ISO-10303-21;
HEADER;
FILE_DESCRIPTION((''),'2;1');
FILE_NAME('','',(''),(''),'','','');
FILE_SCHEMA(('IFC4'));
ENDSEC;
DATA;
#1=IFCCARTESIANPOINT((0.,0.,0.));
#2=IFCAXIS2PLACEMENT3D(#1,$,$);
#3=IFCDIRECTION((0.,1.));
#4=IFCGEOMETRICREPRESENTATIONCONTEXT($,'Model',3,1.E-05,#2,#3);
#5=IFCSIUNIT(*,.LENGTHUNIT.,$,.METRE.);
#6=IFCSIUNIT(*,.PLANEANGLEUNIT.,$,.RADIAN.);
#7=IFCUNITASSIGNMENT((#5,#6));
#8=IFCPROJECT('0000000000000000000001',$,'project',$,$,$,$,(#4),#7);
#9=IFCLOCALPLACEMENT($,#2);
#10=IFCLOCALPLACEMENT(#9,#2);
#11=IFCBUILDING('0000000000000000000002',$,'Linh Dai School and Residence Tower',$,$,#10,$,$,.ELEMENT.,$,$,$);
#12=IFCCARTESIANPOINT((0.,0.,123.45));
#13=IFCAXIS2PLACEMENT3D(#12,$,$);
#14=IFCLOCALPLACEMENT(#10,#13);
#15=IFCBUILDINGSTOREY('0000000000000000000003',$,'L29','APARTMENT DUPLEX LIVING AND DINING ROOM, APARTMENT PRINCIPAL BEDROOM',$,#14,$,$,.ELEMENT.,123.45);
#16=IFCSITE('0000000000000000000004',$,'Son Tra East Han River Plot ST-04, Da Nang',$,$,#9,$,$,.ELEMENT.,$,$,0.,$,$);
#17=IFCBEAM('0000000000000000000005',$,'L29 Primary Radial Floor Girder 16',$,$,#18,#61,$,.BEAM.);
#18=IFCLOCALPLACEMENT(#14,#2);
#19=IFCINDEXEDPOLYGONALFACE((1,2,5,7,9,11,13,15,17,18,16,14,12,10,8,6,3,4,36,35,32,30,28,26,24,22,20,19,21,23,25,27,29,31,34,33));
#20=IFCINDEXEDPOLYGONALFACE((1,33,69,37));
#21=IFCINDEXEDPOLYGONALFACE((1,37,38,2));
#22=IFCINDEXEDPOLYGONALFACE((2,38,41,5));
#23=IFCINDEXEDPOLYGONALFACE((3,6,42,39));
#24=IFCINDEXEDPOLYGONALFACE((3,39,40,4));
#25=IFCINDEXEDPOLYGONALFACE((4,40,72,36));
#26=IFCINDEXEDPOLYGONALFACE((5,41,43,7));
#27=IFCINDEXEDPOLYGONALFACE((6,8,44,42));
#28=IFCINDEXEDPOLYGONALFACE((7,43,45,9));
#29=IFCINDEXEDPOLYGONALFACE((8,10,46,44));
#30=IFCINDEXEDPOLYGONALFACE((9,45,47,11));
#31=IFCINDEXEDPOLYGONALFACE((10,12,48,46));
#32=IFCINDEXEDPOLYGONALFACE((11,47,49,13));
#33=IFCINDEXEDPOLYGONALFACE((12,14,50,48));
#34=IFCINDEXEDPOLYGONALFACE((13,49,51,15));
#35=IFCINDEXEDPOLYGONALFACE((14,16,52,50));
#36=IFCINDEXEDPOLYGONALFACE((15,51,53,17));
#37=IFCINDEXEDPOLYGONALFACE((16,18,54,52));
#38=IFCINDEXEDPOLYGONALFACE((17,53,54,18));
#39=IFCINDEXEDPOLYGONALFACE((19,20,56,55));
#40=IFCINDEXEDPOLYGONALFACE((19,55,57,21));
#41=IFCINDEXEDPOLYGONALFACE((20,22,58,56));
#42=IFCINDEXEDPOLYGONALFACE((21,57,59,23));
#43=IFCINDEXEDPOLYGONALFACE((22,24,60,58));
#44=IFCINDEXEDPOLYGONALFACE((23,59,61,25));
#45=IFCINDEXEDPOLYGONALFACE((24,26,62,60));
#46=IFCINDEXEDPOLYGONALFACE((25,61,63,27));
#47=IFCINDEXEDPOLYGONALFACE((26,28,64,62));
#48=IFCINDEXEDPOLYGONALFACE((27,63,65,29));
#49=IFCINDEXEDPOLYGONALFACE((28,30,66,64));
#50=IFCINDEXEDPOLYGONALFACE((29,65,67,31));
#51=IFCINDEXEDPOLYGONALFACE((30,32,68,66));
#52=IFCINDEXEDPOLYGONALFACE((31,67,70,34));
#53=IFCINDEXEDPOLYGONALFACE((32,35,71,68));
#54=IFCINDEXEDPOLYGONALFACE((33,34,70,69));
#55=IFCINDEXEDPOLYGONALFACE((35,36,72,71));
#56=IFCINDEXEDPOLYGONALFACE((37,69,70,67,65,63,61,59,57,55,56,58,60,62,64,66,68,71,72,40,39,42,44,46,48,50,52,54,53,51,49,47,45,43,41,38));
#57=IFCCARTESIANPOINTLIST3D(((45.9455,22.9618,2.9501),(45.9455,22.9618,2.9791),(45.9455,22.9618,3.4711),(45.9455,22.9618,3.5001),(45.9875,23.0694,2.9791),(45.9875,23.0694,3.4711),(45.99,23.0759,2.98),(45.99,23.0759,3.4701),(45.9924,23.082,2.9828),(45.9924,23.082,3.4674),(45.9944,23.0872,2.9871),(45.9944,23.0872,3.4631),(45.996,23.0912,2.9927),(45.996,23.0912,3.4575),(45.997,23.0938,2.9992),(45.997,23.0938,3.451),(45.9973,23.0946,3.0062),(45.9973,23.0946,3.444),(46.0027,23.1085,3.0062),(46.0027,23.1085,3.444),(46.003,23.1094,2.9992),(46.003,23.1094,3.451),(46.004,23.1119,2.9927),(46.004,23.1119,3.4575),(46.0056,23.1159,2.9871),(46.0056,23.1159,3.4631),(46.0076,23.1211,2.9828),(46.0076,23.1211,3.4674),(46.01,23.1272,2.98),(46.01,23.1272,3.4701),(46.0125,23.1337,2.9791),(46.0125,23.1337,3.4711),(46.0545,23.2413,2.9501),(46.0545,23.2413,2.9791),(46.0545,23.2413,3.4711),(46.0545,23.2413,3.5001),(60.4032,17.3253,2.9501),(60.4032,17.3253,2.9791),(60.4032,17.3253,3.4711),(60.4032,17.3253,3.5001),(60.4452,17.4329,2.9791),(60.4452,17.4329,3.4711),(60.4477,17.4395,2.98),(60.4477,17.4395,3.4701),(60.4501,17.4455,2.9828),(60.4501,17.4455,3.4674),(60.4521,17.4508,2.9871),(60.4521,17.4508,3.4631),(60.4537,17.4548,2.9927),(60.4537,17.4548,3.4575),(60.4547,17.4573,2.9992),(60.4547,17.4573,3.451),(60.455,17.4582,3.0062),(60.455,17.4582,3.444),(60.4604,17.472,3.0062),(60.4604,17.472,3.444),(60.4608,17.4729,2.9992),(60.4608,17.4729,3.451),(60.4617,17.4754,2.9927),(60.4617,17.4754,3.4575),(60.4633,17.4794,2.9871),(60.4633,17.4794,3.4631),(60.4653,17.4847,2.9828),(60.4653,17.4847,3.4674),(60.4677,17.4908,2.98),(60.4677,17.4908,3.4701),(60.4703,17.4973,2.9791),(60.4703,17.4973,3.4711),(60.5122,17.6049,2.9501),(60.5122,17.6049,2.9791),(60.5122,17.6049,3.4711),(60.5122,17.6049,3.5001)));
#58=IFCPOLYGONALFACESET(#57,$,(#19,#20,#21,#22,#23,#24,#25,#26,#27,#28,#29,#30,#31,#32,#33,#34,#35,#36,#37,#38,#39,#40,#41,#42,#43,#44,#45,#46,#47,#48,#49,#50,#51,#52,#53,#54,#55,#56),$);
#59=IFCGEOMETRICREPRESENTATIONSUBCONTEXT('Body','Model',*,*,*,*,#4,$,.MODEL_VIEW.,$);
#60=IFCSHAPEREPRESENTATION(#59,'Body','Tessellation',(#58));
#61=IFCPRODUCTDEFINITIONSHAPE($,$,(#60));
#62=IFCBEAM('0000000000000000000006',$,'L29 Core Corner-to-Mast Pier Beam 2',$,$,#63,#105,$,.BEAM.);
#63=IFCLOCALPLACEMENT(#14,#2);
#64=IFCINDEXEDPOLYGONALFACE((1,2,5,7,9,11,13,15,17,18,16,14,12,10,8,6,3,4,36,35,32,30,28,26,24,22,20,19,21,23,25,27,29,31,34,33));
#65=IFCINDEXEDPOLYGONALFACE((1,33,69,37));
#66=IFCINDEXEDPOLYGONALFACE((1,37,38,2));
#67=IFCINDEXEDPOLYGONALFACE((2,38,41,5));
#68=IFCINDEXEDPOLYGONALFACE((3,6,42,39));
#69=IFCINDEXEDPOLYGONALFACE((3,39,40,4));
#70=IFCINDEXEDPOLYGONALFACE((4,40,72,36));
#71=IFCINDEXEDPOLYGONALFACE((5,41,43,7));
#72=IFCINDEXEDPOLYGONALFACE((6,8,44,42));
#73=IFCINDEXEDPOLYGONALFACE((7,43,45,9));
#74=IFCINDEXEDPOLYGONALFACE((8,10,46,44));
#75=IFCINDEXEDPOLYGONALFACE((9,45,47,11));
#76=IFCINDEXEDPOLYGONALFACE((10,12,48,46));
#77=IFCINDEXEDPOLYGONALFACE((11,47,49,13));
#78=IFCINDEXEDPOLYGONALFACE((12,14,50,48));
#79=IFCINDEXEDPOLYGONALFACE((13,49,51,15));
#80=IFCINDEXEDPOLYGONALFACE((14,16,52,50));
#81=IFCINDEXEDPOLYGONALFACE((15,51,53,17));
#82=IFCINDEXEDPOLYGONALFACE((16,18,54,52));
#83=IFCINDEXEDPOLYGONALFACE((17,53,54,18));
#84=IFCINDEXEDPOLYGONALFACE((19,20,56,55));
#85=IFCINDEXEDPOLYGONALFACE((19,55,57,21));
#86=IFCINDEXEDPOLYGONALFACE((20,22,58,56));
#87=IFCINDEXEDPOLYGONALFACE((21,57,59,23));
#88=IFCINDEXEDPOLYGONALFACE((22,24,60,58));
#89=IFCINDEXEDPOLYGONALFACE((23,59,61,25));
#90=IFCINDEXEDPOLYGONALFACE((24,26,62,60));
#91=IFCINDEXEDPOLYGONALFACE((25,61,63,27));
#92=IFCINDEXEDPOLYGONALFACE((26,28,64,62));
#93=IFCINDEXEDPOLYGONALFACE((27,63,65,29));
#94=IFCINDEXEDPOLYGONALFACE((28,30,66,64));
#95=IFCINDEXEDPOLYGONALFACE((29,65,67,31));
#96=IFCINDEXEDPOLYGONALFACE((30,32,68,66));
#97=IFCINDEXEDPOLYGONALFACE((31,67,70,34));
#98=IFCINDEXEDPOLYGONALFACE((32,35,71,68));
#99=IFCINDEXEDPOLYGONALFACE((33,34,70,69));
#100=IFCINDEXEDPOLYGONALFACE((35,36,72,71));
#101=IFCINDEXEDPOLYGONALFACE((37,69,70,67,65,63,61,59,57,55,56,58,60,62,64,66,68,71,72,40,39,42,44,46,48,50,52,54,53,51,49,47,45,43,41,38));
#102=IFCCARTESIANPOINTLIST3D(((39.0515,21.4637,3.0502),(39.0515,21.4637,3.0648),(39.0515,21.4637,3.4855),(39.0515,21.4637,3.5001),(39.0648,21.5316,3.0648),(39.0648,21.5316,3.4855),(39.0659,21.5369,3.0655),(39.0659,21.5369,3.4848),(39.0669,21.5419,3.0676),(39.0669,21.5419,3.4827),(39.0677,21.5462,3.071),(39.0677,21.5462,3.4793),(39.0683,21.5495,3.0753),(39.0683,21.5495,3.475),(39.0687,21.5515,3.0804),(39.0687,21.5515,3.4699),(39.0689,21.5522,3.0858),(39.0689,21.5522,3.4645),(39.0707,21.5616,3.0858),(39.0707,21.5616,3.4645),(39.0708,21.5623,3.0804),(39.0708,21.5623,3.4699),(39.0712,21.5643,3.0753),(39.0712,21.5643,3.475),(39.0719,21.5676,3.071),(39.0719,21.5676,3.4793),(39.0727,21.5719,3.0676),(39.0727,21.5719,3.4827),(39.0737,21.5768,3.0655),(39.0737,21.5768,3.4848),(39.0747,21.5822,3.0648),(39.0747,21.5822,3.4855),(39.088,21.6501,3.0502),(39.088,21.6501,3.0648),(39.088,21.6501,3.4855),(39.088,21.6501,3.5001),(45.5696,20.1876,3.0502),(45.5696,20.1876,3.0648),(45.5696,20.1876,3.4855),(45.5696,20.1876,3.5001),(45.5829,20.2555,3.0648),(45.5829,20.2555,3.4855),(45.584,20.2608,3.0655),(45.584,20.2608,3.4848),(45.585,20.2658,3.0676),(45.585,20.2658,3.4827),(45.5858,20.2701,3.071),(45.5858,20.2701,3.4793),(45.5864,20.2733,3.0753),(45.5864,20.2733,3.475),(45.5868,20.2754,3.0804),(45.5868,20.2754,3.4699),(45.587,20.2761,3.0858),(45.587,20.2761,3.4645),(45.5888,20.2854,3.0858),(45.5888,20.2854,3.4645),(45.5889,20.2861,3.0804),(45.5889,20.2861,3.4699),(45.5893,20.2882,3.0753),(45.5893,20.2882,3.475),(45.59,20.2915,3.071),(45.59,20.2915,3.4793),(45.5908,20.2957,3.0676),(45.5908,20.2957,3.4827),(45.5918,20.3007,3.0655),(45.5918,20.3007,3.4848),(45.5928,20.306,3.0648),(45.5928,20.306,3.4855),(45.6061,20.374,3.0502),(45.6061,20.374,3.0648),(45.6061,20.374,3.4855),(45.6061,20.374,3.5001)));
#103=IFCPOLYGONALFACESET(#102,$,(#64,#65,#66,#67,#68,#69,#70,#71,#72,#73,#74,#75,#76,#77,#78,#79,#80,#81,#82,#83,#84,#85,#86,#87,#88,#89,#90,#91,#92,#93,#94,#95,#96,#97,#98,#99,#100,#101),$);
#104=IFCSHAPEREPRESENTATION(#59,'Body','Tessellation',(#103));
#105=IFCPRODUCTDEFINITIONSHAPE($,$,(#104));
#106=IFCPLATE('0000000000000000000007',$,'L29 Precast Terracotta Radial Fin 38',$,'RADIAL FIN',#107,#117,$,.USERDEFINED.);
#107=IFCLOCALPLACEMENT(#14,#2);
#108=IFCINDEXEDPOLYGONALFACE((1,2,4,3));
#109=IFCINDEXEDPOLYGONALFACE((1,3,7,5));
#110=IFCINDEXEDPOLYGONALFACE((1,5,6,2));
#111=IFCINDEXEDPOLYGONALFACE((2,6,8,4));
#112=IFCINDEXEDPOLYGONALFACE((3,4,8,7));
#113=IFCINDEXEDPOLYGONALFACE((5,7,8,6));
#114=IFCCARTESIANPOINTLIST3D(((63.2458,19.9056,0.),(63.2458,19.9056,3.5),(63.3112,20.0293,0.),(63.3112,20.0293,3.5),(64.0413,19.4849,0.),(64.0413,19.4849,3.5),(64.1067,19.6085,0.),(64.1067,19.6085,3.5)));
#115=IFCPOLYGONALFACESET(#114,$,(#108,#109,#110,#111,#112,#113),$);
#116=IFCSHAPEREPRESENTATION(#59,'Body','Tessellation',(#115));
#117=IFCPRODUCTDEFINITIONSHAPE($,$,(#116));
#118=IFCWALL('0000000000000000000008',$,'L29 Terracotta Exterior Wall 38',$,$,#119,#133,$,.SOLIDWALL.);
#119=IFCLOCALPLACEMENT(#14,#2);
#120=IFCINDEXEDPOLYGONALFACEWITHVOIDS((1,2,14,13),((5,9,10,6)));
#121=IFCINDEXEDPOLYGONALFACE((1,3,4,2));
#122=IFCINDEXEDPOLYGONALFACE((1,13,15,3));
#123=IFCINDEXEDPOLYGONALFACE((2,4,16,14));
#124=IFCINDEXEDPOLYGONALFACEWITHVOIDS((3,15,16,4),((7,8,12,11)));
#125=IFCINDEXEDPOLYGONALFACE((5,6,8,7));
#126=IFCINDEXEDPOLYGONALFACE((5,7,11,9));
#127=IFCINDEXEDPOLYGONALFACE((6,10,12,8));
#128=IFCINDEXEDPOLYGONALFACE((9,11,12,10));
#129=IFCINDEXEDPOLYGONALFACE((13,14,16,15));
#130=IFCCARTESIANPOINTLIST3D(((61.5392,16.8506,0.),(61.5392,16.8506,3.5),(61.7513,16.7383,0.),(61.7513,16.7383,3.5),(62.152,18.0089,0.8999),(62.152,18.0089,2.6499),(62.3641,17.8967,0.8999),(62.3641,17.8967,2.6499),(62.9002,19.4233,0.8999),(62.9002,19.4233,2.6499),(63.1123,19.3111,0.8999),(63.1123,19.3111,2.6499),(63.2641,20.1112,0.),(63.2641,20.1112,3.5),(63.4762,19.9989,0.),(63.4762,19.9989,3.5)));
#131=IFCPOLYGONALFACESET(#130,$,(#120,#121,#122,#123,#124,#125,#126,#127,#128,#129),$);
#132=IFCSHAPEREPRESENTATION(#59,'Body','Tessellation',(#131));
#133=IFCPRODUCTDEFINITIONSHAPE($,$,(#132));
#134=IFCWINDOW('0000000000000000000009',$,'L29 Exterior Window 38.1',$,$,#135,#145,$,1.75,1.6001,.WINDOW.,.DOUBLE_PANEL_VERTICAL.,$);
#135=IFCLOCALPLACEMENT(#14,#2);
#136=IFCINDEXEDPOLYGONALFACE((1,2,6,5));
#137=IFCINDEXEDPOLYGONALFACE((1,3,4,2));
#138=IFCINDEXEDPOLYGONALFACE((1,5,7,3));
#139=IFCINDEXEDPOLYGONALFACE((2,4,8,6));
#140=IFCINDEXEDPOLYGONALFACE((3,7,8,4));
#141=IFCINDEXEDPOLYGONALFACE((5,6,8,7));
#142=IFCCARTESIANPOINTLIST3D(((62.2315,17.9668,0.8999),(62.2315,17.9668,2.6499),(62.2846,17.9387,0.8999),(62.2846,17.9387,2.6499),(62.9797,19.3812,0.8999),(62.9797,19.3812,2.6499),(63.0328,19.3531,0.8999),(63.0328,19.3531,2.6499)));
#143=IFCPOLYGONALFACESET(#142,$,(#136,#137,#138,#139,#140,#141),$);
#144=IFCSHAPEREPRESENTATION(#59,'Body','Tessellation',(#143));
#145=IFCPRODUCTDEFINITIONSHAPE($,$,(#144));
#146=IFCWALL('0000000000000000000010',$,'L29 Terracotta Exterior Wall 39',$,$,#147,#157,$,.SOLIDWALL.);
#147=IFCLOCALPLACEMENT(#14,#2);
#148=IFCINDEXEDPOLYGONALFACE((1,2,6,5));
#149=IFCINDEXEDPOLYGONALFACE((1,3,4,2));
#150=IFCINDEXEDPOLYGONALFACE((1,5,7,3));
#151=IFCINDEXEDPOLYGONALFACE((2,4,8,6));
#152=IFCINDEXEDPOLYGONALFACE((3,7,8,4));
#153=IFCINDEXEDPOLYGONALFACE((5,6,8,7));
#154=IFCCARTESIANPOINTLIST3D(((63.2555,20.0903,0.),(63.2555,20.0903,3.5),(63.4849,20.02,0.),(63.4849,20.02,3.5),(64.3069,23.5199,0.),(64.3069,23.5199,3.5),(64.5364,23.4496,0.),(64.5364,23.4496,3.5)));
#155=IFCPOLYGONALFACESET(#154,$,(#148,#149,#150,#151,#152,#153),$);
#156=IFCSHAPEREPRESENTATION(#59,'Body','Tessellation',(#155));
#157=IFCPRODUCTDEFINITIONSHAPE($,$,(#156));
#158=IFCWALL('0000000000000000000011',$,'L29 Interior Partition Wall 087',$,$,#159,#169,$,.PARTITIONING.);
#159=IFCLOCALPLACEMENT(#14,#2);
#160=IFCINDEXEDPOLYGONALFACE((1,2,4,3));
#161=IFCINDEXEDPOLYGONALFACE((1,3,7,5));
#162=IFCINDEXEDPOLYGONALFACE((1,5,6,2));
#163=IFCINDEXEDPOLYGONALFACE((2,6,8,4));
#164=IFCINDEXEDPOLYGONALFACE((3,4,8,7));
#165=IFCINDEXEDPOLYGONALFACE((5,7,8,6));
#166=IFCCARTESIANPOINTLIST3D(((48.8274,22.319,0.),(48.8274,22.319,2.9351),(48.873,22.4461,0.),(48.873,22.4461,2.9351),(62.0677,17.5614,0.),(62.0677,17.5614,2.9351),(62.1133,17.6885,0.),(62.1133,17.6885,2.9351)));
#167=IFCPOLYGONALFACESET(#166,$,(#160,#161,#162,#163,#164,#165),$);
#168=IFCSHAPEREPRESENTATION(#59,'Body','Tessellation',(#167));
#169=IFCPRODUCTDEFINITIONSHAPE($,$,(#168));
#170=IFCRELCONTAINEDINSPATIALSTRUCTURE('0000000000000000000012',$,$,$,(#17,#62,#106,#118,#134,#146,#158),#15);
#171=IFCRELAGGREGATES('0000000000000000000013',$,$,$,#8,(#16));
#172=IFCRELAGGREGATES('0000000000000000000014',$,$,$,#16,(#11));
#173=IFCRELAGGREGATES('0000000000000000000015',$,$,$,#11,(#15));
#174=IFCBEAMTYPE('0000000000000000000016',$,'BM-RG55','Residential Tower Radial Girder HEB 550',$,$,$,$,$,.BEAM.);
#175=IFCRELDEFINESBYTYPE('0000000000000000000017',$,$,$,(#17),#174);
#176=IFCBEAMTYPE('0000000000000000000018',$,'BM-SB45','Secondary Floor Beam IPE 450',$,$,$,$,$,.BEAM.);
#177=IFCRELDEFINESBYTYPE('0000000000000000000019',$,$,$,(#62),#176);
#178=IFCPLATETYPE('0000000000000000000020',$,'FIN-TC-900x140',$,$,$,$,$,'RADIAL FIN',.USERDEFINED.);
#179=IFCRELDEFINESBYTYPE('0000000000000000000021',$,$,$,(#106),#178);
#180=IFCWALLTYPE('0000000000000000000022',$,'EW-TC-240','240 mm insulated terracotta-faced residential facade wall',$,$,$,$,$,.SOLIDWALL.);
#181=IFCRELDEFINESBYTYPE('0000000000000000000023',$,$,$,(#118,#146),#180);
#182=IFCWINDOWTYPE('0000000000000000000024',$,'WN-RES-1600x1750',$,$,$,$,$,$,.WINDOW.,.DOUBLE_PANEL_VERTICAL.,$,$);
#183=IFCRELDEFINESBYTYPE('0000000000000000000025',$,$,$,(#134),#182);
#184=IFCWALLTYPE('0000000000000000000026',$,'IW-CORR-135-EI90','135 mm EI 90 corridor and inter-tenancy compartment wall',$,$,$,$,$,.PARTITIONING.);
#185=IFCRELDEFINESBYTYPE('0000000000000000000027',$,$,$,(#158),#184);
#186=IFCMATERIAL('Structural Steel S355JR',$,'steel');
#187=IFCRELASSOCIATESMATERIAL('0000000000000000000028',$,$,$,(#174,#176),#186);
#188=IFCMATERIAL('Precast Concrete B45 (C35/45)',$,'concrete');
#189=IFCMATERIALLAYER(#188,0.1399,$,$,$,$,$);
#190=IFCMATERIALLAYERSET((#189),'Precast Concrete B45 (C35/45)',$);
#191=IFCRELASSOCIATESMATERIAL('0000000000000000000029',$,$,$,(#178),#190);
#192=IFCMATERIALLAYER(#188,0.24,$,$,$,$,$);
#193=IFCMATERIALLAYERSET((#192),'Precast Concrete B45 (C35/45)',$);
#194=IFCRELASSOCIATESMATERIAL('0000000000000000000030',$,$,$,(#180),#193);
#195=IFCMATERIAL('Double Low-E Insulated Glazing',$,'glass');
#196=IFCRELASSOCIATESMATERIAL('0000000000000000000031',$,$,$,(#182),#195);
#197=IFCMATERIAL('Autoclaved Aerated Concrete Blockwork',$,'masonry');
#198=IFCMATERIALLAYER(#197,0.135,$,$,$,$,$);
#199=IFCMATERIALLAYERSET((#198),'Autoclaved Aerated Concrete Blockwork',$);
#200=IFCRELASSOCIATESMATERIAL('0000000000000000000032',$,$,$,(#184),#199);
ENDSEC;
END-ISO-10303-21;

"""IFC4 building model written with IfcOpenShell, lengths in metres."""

from ifc_helpers import new_model, si_unit, direction, frame, frame_2d, origin, origin_2d, place, context, subcontext, project, spatial, rectangle, i_section, extrude, source, transform, mapped, material, layer, layer_set, material_profile, profile_set, type_object, element, fill, save


model = new_model("IFC4")

# Units and contexts
model_context = context("Model", 3, precision=1e-05, world=origin(), true_north=direction((0.0, 1.0)))
body_context = subcontext(model_context, "Body", "Model", "MODEL_VIEW")
ifc_project = project(units=[si_unit("LENGTHUNIT", "METRE"), si_unit("PLANEANGLEUNIT", "RADIAN")], contexts=[model_context])

# Site, building, storey
site_placement = place(None, origin())
site = spatial("IfcSite", under=ifc_project, at=site_placement, Name="Son Tra East Han River Plot ST-04, Da Nang", CompositionType="ELEMENT", RefElevation=0.0)
building_placement = place(site_placement, origin())
building = spatial("IfcBuilding", under=site, at=building_placement, Name="Linh Dai School and Residence Tower", CompositionType="ELEMENT")
storey_placement = place(building_placement, frame((0.0, 0.0, 123.45)))
storey = spatial("IfcBuildingStorey", under=building, at=storey_placement, Name="L29", Description="APARTMENT DUPLEX LIVING AND DINING ROOM, APARTMENT PRINCIPAL BEDROOM", CompositionType="ELEMENT", Elevation=123.45)

# Shared definitions
ifc_material_1 = material(Name="Structural Steel S355JR", Category="steel")

# Beams
ifc_material_profile_1 = material_profile(ifc_material_1, i_section(OverallWidth=0.3, OverallDepth=0.55, WebThickness=0.0149, FlangeThickness=0.0291, FilletRadius=0.0271, at=origin_2d()), Name="HEB 550")
ifc_profile_set_1 = profile_set([ifc_material_profile_1], Name="Structural Steel S355JR")
beam_type_1 = type_object("IfcBeamType", Name="BM-RG55", Description="Residential Tower Radial Girder HEB 550", PredefinedType="BEAM", material=ifc_profile_set_1)
beam_1_placement = place(storey_placement, frame((46.0, 23.1016, 3.2251), z_axis=(0.931699, -0.36323, 0.0), x_axis=(0.36323, 0.931699, 0.0)))
element("IfcBeam", 1, at=beam_1_placement, inside=storey, type_object=beam_type_1, Name="L29 Primary Radial Floor Girder 16", PredefinedType="BEAM", context=body_context, shape_type="SweptSolid", body=[
    extrude(i_section(OverallWidth=0.3, OverallDepth=0.55, WebThickness=0.0149, FlangeThickness=0.0291, FilletRadius=0.0271, at=origin_2d()), origin(), (0.0, 0.0, 1.0), 15.5176),
])
ifc_material_profile_2 = material_profile(ifc_material_1, i_section(OverallWidth=0.1899, OverallDepth=0.45, WebThickness=0.0095, FlangeThickness=0.0146, FilletRadius=0.021, at=origin_2d()), Name="IPE 450")
ifc_profile_set_2 = profile_set([ifc_material_profile_2], Name="Structural Steel S355JR")
beam_type_2 = type_object("IfcBeamType", Name="BM-SB45", Description="Secondary Floor Beam IPE 450", PredefinedType="BEAM", material=ifc_profile_set_2)
beam_2_placement = place(storey_placement, frame((45.5879, 20.2808, 3.2751), z_axis=(-0.981369, 0.192135, 0.0), x_axis=(-0.192135, -0.981369, 0.0)))
element("IfcBeam", 2, at=beam_2_placement, inside=storey, type_object=beam_type_2, Name="L29 Core Corner-to-Mast Pier Beam 2", PredefinedType="BEAM", context=body_context, shape_type="SweptSolid", body=[
    extrude(i_section(OverallWidth=0.1899, OverallDepth=0.45, WebThickness=0.0095, FlangeThickness=0.0146, FilletRadius=0.021, at=origin_2d()), origin(), (0.0, 0.0, 1.0), 6.6418),
])

# Plate
ifc_material_2 = material(Name="Precast Concrete B45 (C35/45)", Category="concrete")
ifc_layer_1 = layer(ifc_material_2, 0.1399)
ifc_layer_set_1 = layer_set([ifc_layer_1], Name="Precast Concrete B45 (C35/45)")
plate_type = type_object("IfcPlateType", Name="FIN-TC-900x140", ElementType="RADIAL FIN", PredefinedType="USERDEFINED", material=ifc_layer_set_1)
shared_shape_1 = source(origin(), body_context, "Body", "SweptSolid", [
    extrude(rectangle(XDim=0.8999, YDim=0.1399, at=origin_2d()), origin(), (0.0, 0.0, 1.0), 3.5),
])
plate_placement = place(storey_placement, frame((63.6763, 19.7571, 0.0), z_axis=(0.0, 0.0, 1.0), x_axis=(0.883942, -0.467596, 0.0)))
element("IfcPlate", 3, at=plate_placement, inside=storey, type_object=plate_type, Name="L29 Precast Terracotta Radial Fin 38", ObjectType="RADIAL FIN", PredefinedType="USERDEFINED", context=body_context, shape_type="MappedRepresentation", body=[
    mapped(shared_shape_1, transform((0.0, 0.0, 0.0), x_axis=(1.0, 0.0, 0.0), y_axis=(0.0, 1.0, 0.0), z_axis=(0.0, 0.0, 1.0), scale=1.0)),
])

# Wall, opening, window
ifc_layer_2 = layer(ifc_material_2, 0.24)
ifc_layer_set_2 = layer_set([ifc_layer_2], Name="Precast Concrete B45 (C35/45)")
wall_type_1 = type_object("IfcWallType", Name="EW-TC-240", Description="240 mm insulated terracotta-faced residential facade wall", PredefinedType="SOLIDWALL", material=ifc_layer_set_2)
wall_1_placement = place(storey_placement, frame((63.3701, 20.0549, 0.0), z_axis=(0.0, 0.0, 1.0), x_axis=(-0.467614, -0.883933, 0.0)))
wall_1 = element("IfcWall", 4, at=wall_1_placement, inside=storey, type_object=wall_type_1, Name="L29 Terracotta Exterior Wall 38", PredefinedType="SOLIDWALL", context=body_context, shape_type="SweptSolid", body=[
    extrude(rectangle(XDim=3.6887, YDim=0.24, at=frame_2d((1.8442, 0.0))), origin(), (0.0, 0.0, 1.0), 3.5),
])
opening_1_placement = place(wall_1_placement, frame((0.7781, 0.0, 0.8999)))
opening_1 = element("IfcOpeningElement", 5, at=opening_1_placement, cuts=wall_1, PredefinedType="OPENING", context=body_context, shape_type="SweptSolid", body=[
    extrude(rectangle(XDim=1.6001, YDim=1.75, at=origin_2d()), frame((0.8, 0.1299, 0.875), z_axis=(0.0, -1.0, 0.0), x_axis=(1.0, 0.0, 0.0)), (0.0, 0.0, 1.0), 0.26),
])
ifc_material_3 = material(Name="Double Low-E Insulated Glazing", Category="glass")
window_type = type_object("IfcWindowType", Name="WN-RES-1600x1750", PartitioningType="DOUBLE_PANEL_VERTICAL", PredefinedType="WINDOW", material=ifc_material_3)
shared_shape_2 = source(origin(), body_context, "Body", "SweptSolid", [
    extrude(rectangle(XDim=1.6001, YDim=1.75, at=origin_2d()), frame((0.8, 0.03, 0.875), z_axis=(0.0, -1.0, 0.0), x_axis=(1.0, 0.0, 0.0)), (0.0, 0.0, 1.0), 0.0601),
])
window_placement = place(opening_1_placement, origin())
window = element("IfcWindow", 6, at=window_placement, inside=storey, type_object=window_type, Name="L29 Exterior Window 38.1", OverallHeight=1.75, OverallWidth=1.6001, PartitioningType="DOUBLE_PANEL_VERTICAL", PredefinedType="WINDOW", context=body_context, shape_type="MappedRepresentation", body=[
    mapped(shared_shape_2, transform((0.0, 0.0, 0.0), x_axis=(1.0, 0.0, 0.0), y_axis=(0.0, 1.0, 0.0), z_axis=(0.0, 0.0, 1.0), scale=1.0)),
])
fill(opening_1, window)

# Walls
wall_2_placement = place(storey_placement, frame((64.4216, 23.4846, 0.0), z_axis=(0.0, 0.0, 1.0), x_axis=(-0.293124, -0.956074, 0.0)))
element("IfcWall", 7, at=wall_2_placement, inside=storey, type_object=wall_type_1, Name="L29 Terracotta Exterior Wall 39", PredefinedType="SOLIDWALL", context=body_context, shape_type="SweptSolid", body=[
    extrude(rectangle(XDim=3.5872, YDim=0.24, at=frame_2d((1.7935, 0.0))), origin(), (0.0, 0.0, 1.0), 3.5),
])
ifc_material_4 = material(Name="Autoclaved Aerated Concrete Blockwork", Category="masonry")
ifc_layer_3 = layer(ifc_material_4, 0.135)
ifc_layer_set_3 = layer_set([ifc_layer_3], Name="Autoclaved Aerated Concrete Blockwork")
wall_type_2 = type_object("IfcWallType", Name="IW-CORR-135-EI90", Description="135 mm EI 90 corridor and inter-tenancy compartment wall", PredefinedType="PARTITIONING", material=ifc_layer_set_3)
wall_3_placement = place(storey_placement, frame((48.8501, 22.3826, 0.0), z_axis=(0.0, 0.0, 1.0), x_axis=(0.941089, -0.338158, 0.0)))
element("IfcWall", 8, at=wall_3_placement, inside=storey, type_object=wall_type_2, Name="L29 Interior Partition Wall 087", PredefinedType="PARTITIONING", context=body_context, shape_type="SweptSolid", body=[
    extrude(rectangle(XDim=14.0691, YDim=0.135, at=frame_2d((7.0347, 0.0))), origin(), (0.0, 0.0, 1.0), 2.9351),
])

save(model, "model.ifc")
